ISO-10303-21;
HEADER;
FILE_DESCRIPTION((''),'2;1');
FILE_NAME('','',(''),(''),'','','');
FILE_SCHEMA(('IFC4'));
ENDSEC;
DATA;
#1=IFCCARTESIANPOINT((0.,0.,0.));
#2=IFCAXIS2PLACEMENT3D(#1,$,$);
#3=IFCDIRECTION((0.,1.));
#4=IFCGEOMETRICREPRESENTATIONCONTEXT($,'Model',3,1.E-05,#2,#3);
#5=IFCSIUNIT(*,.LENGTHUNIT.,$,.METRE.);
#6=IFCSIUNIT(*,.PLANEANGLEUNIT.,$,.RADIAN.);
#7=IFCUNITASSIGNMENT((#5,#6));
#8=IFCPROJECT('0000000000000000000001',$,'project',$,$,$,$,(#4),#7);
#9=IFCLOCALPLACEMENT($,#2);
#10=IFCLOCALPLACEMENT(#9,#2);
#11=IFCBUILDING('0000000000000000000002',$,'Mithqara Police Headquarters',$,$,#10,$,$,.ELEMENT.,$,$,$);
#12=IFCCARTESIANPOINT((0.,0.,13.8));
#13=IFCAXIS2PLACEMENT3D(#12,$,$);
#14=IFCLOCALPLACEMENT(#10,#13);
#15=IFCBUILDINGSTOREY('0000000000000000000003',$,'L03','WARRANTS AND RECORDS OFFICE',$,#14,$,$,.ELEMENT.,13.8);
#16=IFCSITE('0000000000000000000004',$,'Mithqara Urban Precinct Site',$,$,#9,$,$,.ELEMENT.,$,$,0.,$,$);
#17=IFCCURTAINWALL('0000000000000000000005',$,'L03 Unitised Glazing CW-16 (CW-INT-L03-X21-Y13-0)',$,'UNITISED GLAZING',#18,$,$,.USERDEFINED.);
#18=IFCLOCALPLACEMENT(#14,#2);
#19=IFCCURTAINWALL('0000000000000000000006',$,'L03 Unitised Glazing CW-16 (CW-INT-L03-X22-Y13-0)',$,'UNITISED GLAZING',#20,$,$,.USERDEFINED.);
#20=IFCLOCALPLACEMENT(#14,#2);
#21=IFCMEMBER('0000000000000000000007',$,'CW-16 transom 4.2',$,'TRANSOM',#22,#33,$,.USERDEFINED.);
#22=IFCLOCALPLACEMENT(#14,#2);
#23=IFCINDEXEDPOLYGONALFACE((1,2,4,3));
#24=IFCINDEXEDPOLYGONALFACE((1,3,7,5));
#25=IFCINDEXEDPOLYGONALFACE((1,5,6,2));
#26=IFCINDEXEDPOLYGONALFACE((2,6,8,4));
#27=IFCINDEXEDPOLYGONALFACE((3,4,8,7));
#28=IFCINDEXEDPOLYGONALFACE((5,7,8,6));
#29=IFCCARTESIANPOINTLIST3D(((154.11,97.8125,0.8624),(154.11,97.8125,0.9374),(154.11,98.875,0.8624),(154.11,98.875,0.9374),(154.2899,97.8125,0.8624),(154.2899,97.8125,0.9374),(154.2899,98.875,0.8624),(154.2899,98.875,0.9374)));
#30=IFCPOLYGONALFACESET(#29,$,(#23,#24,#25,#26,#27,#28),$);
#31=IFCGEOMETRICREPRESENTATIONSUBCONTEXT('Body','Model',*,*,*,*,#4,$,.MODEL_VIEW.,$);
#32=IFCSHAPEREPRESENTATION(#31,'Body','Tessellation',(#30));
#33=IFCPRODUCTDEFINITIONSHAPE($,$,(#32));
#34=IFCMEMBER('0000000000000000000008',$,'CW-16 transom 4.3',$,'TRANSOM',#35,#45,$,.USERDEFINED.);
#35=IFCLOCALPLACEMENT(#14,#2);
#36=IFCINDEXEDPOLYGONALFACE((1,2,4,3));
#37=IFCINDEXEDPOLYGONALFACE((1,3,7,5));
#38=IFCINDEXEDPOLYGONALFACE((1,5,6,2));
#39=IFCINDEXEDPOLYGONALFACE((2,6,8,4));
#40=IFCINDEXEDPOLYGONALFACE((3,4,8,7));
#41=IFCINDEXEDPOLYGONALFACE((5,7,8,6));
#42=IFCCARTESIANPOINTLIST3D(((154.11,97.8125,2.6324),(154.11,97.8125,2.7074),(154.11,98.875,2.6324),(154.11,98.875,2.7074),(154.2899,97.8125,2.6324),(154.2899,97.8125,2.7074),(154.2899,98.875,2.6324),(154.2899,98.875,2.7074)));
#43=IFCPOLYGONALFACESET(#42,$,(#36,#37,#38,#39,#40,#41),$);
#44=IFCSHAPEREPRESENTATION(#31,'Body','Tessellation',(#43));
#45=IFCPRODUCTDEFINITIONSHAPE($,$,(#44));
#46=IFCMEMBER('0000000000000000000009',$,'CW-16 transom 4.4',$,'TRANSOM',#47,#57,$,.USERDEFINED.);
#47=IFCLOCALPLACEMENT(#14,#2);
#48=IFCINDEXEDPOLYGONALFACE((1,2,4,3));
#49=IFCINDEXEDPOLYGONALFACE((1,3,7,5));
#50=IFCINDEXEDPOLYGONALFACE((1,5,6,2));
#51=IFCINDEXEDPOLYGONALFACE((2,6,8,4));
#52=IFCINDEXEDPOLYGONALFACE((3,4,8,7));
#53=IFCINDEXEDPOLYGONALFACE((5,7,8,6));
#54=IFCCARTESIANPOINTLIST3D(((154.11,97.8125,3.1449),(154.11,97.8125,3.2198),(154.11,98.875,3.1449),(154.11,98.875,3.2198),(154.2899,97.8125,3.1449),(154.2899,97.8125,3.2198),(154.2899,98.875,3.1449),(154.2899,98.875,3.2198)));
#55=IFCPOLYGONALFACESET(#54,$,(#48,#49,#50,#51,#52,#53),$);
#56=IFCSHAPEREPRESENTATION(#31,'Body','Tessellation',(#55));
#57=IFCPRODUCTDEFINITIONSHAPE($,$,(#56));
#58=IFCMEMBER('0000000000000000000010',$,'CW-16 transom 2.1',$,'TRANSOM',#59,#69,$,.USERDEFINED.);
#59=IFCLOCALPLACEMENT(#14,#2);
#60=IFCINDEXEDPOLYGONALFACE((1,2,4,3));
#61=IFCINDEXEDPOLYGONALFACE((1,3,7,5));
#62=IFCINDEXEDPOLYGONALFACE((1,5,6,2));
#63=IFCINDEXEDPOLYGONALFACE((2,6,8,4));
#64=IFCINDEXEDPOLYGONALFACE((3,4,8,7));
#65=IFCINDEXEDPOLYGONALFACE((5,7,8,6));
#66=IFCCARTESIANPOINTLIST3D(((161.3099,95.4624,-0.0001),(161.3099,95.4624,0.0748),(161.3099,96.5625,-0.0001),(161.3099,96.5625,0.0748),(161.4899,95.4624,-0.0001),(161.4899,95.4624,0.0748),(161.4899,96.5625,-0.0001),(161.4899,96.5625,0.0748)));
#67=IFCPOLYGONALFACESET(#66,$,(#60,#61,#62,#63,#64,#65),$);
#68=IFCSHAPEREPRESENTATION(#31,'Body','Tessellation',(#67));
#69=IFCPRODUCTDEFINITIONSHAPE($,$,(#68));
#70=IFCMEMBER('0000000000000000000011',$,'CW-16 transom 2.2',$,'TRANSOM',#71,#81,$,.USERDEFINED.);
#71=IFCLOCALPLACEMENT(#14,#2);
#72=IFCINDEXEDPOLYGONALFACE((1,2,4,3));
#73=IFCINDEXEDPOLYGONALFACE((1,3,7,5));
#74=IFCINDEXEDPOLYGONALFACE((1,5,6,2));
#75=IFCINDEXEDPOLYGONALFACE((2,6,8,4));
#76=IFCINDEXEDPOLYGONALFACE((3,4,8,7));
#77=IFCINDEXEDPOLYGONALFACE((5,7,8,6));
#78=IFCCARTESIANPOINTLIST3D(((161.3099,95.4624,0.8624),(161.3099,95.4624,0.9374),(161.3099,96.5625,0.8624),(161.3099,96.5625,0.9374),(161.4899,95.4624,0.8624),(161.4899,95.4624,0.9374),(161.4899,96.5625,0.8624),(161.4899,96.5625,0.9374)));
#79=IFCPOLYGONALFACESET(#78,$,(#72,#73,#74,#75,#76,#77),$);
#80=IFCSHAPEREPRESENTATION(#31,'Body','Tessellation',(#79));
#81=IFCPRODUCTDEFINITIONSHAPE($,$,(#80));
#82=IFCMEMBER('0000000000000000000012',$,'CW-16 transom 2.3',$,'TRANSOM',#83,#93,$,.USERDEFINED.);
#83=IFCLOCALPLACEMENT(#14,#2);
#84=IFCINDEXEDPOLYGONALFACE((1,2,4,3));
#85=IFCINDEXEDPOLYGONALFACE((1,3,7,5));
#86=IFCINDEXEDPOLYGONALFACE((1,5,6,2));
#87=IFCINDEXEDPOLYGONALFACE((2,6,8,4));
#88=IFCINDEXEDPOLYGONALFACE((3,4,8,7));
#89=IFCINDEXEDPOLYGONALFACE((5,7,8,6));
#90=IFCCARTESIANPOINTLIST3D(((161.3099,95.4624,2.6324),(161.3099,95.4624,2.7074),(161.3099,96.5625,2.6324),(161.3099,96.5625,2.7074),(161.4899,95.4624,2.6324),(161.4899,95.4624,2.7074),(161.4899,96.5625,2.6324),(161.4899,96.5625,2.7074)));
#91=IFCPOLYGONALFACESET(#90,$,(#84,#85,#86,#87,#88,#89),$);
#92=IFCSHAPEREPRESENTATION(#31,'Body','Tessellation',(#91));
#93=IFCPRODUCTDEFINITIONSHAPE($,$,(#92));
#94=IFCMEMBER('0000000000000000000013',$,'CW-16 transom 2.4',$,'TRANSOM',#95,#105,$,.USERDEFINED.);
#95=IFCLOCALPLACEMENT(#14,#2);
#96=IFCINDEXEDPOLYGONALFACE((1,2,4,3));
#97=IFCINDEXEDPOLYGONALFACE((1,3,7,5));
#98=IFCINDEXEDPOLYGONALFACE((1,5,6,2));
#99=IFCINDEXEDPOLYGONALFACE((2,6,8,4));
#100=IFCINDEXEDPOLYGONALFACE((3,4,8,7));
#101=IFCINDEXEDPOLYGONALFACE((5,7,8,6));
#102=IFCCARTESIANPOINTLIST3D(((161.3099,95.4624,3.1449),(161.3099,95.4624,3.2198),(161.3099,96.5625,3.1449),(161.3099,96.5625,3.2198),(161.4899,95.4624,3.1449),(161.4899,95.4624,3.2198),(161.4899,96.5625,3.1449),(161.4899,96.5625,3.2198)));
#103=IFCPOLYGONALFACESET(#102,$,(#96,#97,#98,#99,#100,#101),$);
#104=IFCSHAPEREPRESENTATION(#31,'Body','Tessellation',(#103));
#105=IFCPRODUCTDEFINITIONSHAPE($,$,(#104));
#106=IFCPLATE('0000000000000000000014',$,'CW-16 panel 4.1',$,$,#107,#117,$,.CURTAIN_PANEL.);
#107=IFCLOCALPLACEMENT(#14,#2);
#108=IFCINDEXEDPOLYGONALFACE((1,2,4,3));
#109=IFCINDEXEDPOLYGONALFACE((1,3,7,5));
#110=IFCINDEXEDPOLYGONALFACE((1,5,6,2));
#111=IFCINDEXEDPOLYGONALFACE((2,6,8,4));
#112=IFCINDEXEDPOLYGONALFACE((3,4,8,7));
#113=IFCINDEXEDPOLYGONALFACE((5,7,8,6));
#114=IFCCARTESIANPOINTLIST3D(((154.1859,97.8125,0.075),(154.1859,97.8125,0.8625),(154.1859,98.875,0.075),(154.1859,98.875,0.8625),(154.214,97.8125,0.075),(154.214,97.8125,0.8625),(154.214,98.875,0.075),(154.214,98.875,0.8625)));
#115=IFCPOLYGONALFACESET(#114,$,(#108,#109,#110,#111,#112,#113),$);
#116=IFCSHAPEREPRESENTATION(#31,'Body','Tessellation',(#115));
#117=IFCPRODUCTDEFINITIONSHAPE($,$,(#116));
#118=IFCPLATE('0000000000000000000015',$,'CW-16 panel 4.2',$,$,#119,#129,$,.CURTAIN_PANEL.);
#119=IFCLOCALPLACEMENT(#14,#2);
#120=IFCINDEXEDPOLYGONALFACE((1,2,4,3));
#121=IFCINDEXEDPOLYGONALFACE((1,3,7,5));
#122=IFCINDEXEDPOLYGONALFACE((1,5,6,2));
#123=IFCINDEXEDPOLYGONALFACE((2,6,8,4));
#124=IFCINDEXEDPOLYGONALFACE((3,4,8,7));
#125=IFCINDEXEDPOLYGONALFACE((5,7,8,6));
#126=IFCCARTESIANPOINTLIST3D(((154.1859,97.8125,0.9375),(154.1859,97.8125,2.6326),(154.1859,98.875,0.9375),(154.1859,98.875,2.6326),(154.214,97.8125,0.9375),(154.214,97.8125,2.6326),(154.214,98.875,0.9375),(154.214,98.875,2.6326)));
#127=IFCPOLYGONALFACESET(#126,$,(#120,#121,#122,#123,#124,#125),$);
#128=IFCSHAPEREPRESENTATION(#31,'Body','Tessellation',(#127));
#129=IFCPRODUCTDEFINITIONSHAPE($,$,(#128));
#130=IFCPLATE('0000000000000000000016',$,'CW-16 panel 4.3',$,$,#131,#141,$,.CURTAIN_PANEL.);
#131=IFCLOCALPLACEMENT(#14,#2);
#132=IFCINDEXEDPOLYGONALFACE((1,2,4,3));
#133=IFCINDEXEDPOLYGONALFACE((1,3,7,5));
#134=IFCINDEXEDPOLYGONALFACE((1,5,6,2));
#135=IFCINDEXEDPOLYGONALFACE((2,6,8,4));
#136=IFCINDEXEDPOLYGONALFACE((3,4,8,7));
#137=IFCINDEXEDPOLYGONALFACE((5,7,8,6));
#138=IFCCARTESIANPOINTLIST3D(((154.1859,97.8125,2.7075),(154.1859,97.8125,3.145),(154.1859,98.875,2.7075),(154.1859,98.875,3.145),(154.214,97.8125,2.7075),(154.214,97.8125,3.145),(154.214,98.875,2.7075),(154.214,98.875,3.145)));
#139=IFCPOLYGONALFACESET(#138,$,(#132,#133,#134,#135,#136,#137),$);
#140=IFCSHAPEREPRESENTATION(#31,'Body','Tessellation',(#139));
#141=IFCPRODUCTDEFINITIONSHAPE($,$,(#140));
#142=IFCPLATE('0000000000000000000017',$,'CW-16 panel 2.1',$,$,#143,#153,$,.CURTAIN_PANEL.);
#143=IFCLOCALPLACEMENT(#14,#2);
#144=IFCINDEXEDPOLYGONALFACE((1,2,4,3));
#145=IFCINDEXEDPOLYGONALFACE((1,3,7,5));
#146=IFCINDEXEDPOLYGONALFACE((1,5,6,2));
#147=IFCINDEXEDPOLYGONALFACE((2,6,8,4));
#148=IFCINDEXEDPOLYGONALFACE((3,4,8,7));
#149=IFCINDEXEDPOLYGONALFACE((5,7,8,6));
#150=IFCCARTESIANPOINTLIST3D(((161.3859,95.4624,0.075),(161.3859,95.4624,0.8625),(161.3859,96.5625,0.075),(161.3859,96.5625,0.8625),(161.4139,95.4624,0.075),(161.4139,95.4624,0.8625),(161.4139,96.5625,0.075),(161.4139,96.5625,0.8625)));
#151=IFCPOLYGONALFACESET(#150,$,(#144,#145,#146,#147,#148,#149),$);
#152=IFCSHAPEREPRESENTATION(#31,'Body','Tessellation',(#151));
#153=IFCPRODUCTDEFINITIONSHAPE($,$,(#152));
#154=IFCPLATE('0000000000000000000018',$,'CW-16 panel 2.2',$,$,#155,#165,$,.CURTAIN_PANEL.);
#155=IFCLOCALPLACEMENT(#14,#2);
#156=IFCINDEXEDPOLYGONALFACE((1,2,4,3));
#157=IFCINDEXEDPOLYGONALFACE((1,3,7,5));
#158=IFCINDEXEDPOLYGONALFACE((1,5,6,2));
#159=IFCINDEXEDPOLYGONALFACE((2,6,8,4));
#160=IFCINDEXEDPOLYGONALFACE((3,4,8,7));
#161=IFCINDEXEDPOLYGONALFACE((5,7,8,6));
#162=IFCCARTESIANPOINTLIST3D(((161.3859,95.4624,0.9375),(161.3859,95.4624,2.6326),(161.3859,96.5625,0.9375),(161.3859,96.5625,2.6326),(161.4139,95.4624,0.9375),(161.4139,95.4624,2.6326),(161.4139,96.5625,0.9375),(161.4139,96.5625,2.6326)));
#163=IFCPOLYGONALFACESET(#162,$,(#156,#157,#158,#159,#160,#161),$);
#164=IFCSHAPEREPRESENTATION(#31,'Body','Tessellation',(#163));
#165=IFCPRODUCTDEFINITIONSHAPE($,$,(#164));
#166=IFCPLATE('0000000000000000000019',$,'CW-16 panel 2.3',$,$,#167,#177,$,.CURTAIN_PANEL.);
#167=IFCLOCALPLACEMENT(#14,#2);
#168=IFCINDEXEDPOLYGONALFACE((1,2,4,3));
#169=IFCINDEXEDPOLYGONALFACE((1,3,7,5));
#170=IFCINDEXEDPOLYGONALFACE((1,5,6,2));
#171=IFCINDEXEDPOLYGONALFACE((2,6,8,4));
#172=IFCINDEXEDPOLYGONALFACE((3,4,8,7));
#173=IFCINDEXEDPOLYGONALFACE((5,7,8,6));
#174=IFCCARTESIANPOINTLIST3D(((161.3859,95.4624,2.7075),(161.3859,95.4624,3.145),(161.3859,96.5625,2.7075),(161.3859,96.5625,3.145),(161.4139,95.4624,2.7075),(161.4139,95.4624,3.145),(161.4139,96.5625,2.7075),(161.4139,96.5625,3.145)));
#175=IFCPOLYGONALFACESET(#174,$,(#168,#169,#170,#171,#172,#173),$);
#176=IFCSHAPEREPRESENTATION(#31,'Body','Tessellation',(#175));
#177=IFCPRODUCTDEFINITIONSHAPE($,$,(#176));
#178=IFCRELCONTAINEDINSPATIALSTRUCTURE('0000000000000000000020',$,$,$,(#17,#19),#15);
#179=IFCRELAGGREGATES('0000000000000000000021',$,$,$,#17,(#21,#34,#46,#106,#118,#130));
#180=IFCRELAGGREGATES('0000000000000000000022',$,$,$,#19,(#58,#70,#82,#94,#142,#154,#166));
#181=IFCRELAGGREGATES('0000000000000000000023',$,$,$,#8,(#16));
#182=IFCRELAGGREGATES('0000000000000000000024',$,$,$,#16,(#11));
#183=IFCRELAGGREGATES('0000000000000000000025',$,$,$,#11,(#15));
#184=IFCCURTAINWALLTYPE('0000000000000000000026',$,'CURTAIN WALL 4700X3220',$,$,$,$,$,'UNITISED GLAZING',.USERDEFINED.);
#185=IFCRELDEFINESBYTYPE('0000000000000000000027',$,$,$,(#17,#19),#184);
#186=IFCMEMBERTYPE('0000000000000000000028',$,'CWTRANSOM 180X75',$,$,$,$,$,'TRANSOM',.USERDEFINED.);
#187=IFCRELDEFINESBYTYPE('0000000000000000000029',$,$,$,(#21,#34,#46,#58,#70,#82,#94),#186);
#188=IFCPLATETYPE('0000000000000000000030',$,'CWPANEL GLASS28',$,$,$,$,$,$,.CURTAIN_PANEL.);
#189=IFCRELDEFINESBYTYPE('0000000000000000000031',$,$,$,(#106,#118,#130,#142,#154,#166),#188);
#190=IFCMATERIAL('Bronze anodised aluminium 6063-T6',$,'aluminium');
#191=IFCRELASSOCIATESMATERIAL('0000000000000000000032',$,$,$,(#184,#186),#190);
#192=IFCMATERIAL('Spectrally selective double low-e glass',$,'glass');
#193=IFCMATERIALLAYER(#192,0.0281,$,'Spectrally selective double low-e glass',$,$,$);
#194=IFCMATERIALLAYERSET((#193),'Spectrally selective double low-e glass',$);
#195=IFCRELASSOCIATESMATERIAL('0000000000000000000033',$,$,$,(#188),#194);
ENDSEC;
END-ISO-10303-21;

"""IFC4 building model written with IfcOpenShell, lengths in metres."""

from ifc_helpers import new_model, si_unit, direction, frame, origin, origin_2d, place, context, subcontext, project, spatial, rectangle, extrude, material, layer, layer_set, material_profile, profile_set, type_object, element, aggregate, save


model = new_model("IFC4")

# Units and contexts
model_context = context("Model", 3, precision=1e-05, world=origin(), true_north=direction((0.0, 1.0)))
body_context = subcontext(model_context, "Body", "Model", "MODEL_VIEW")
ifc_project = project(units=[si_unit("LENGTHUNIT", "METRE"), si_unit("PLANEANGLEUNIT", "RADIAN")], contexts=[model_context])

# Site, building, storey
site_placement = place(None, origin())
site = spatial("IfcSite", under=ifc_project, at=site_placement, Name="Mithqara Urban Precinct Site", CompositionType="ELEMENT", RefElevation=0.0)
building_placement = place(site_placement, origin())
building = spatial("IfcBuilding", under=site, at=building_placement, Name="Mithqara Police Headquarters", CompositionType="ELEMENT")
storey_placement = place(building_placement, frame((0.0, 0.0, 13.8)))
storey = spatial("IfcBuildingStorey", under=building, at=storey_placement, Name="L03", Description="WARRANTS AND RECORDS OFFICE", CompositionType="ELEMENT", Elevation=13.8)

# Curtain walls
ifc_material_1 = material(Name="Bronze anodised aluminium 6063-T6", Category="aluminium")
curtain_wall_type = type_object("IfcCurtainWallType", Name="CURTAIN WALL 4700X3220", ElementType="UNITISED GLAZING", PredefinedType="USERDEFINED", material=ifc_material_1)
curtain_wall_1_placement = place(storey_placement, origin())
curtain_wall_1 = element("IfcCurtainWall", 1, at=curtain_wall_1_placement, inside=storey, type_object=curtain_wall_type, Name="L03 Unitised Glazing CW-16 (CW-INT-L03-X21-Y13-0)", ObjectType="UNITISED GLAZING", PredefinedType="USERDEFINED")
curtain_wall_2_placement = place(storey_placement, origin())
curtain_wall_2 = element("IfcCurtainWall", 2, at=curtain_wall_2_placement, inside=storey, type_object=curtain_wall_type, Name="L03 Unitised Glazing CW-16 (CW-INT-L03-X22-Y13-0)", ObjectType="UNITISED GLAZING", PredefinedType="USERDEFINED")

# Members
ifc_material_profile_1 = material_profile(ifc_material_1, rectangle(XDim=0.1799, YDim=0.075, at=origin_2d()), Name="CWT 180x75")
ifc_profile_set_1 = profile_set([ifc_material_profile_1], Name="Bronze anodised aluminium 6063-T6")
member_type_1 = type_object("IfcMemberType", Name="CWTRANSOM 180X75", ElementType="TRANSOM", PredefinedType="USERDEFINED", material=ifc_profile_set_1)
member_1_placement = place(storey_placement, frame((154.2, 97.8125, 0.8999), z_axis=(0.0, 1.0, 0.0), x_axis=(-1.0, 0.0, 0.0)))
member_1 = element("IfcMember", 3, at=member_1_placement, type_object=member_type_1, Name="CW-16 transom 4.2", ObjectType="TRANSOM", PredefinedType="USERDEFINED", context=body_context, shape_type="SweptSolid", body=[
    extrude(rectangle(XDim=0.1799, YDim=0.075, at=origin_2d()), origin(), (0.0, 0.0, 1.0), 1.0625),
])
member_2_placement = place(storey_placement, frame((154.2, 97.8125, 2.6699), z_axis=(0.0, 1.0, 0.0), x_axis=(-1.0, 0.0, 0.0)))
member_2 = element("IfcMember", 4, at=member_2_placement, type_object=member_type_1, Name="CW-16 transom 4.3", ObjectType="TRANSOM", PredefinedType="USERDEFINED", context=body_context, shape_type="SweptSolid", body=[
    extrude(rectangle(XDim=0.1799, YDim=0.075, at=origin_2d()), origin(), (0.0, 0.0, 1.0), 1.0625),
])
member_3_placement = place(storey_placement, frame((154.2, 97.8125, 3.1824), z_axis=(0.0, 1.0, 0.0), x_axis=(-1.0, 0.0, 0.0)))
member_3 = element("IfcMember", 5, at=member_3_placement, type_object=member_type_1, Name="CW-16 transom 4.4", ObjectType="TRANSOM", PredefinedType="USERDEFINED", context=body_context, shape_type="SweptSolid", body=[
    extrude(rectangle(XDim=0.1799, YDim=0.075, at=origin_2d()), origin(), (0.0, 0.0, 1.0), 1.0625),
])
member_4_placement = place(storey_placement, frame((161.3999, 95.4624, 0.0374), z_axis=(0.0, 1.0, 0.0), x_axis=(-1.0, 0.0, 0.0)))
member_4 = element("IfcMember", 6, at=member_4_placement, type_object=member_type_1, Name="CW-16 transom 2.1", ObjectType="TRANSOM", PredefinedType="USERDEFINED", context=body_context, shape_type="SweptSolid", body=[
    extrude(rectangle(XDim=0.1799, YDim=0.075, at=origin_2d()), origin(), (0.0, 0.0, 1.0), 1.1001),
])
member_5_placement = place(storey_placement, frame((161.3999, 95.4624, 0.8999), z_axis=(0.0, 1.0, 0.0), x_axis=(-1.0, 0.0, 0.0)))
member_5 = element("IfcMember", 7, at=member_5_placement, type_object=member_type_1, Name="CW-16 transom 2.2", ObjectType="TRANSOM", PredefinedType="USERDEFINED", context=body_context, shape_type="SweptSolid", body=[
    extrude(rectangle(XDim=0.1799, YDim=0.075, at=origin_2d()), origin(), (0.0, 0.0, 1.0), 1.1001),
])
member_6_placement = place(storey_placement, frame((161.3999, 95.4624, 2.6699), z_axis=(0.0, 1.0, 0.0), x_axis=(-1.0, 0.0, 0.0)))
member_6 = element("IfcMember", 8, at=member_6_placement, type_object=member_type_1, Name="CW-16 transom 2.3", ObjectType="TRANSOM", PredefinedType="USERDEFINED", context=body_context, shape_type="SweptSolid", body=[
    extrude(rectangle(XDim=0.1799, YDim=0.075, at=origin_2d()), origin(), (0.0, 0.0, 1.0), 1.1001),
])
member_7_placement = place(storey_placement, frame((161.3999, 95.4624, 3.1824), z_axis=(0.0, 1.0, 0.0), x_axis=(-1.0, 0.0, 0.0)))
member_7 = element("IfcMember", 9, at=member_7_placement, type_object=member_type_1, Name="CW-16 transom 2.4", ObjectType="TRANSOM", PredefinedType="USERDEFINED", context=body_context, shape_type="SweptSolid", body=[
    extrude(rectangle(XDim=0.1799, YDim=0.075, at=origin_2d()), origin(), (0.0, 0.0, 1.0), 1.1001),
])

# Plates
ifc_material_2 = material(Name="Spectrally selective double low-e glass", Category="glass")
ifc_layer_1 = layer(ifc_material_2, 0.0281, Name="Spectrally selective double low-e glass")
ifc_layer_set_1 = layer_set([ifc_layer_1], Name="Spectrally selective double low-e glass")
plate_type = type_object("IfcPlateType", Name="CWPANEL GLASS28", PredefinedType="CURTAIN_PANEL", material=ifc_layer_set_1)
plate_1_placement = place(storey_placement, frame((154.2, 98.3438, 0.075), z_axis=(0.0, 0.0, 1.0), x_axis=(0.0, 1.0, 0.0)))
plate_1 = element("IfcPlate", 10, at=plate_1_placement, type_object=plate_type, Name="CW-16 panel 4.1", PredefinedType="CURTAIN_PANEL", context=body_context, shape_type="SweptSolid", body=[
    extrude(rectangle(XDim=1.0625, YDim=0.0281, at=origin_2d()), origin(), (0.0, 0.0, 1.0), 0.7876),
])
plate_2_placement = place(storey_placement, frame((154.2, 98.3438, 0.9375), z_axis=(0.0, 0.0, 1.0), x_axis=(0.0, 1.0, 0.0)))
plate_2 = element("IfcPlate", 11, at=plate_2_placement, type_object=plate_type, Name="CW-16 panel 4.2", PredefinedType="CURTAIN_PANEL", context=body_context, shape_type="SweptSolid", body=[
    extrude(rectangle(XDim=1.0625, YDim=0.0281, at=origin_2d()), origin(), (0.0, 0.0, 1.0), 1.6951),
])
plate_3_placement = place(storey_placement, frame((154.2, 98.3438, 2.7075), z_axis=(0.0, 0.0, 1.0), x_axis=(0.0, 1.0, 0.0)))
plate_3 = element("IfcPlate", 12, at=plate_3_placement, type_object=plate_type, Name="CW-16 panel 4.3", PredefinedType="CURTAIN_PANEL", context=body_context, shape_type="SweptSolid", body=[
    extrude(rectangle(XDim=1.0625, YDim=0.0281, at=origin_2d()), origin(), (0.0, 0.0, 1.0), 0.4375),
])
aggregate(curtain_wall_1, [member_1, member_2, member_3, plate_1, plate_2, plate_3])
plate_4_placement = place(storey_placement, frame((161.3999, 96.0125, 0.075), z_axis=(0.0, 0.0, 1.0), x_axis=(0.0, 1.0, 0.0)))
plate_4 = element("IfcPlate", 13, at=plate_4_placement, type_object=plate_type, Name="CW-16 panel 2.1", PredefinedType="CURTAIN_PANEL", context=body_context, shape_type="SweptSolid", body=[
    extrude(rectangle(XDim=1.1001, YDim=0.0281, at=origin_2d()), origin(), (0.0, 0.0, 1.0), 0.7876),
])
plate_5_placement = place(storey_placement, frame((161.3999, 96.0125, 0.9375), z_axis=(0.0, 0.0, 1.0), x_axis=(0.0, 1.0, 0.0)))
plate_5 = element("IfcPlate", 14, at=plate_5_placement, type_object=plate_type, Name="CW-16 panel 2.2", PredefinedType="CURTAIN_PANEL", context=body_context, shape_type="SweptSolid", body=[
    extrude(rectangle(XDim=1.1001, YDim=0.0281, at=origin_2d()), origin(), (0.0, 0.0, 1.0), 1.6951),
])
plate_6_placement = place(storey_placement, frame((161.3999, 96.0125, 2.7075), z_axis=(0.0, 0.0, 1.0), x_axis=(0.0, 1.0, 0.0)))
plate_6 = element("IfcPlate", 15, at=plate_6_placement, type_object=plate_type, Name="CW-16 panel 2.3", PredefinedType="CURTAIN_PANEL", context=body_context, shape_type="SweptSolid", body=[
    extrude(rectangle(XDim=1.1001, YDim=0.0281, at=origin_2d()), origin(), (0.0, 0.0, 1.0), 0.4375),
])
aggregate(curtain_wall_2, [member_4, member_5, member_6, member_7, plate_4, plate_5, plate_6])

save(model, "model.ifc")
